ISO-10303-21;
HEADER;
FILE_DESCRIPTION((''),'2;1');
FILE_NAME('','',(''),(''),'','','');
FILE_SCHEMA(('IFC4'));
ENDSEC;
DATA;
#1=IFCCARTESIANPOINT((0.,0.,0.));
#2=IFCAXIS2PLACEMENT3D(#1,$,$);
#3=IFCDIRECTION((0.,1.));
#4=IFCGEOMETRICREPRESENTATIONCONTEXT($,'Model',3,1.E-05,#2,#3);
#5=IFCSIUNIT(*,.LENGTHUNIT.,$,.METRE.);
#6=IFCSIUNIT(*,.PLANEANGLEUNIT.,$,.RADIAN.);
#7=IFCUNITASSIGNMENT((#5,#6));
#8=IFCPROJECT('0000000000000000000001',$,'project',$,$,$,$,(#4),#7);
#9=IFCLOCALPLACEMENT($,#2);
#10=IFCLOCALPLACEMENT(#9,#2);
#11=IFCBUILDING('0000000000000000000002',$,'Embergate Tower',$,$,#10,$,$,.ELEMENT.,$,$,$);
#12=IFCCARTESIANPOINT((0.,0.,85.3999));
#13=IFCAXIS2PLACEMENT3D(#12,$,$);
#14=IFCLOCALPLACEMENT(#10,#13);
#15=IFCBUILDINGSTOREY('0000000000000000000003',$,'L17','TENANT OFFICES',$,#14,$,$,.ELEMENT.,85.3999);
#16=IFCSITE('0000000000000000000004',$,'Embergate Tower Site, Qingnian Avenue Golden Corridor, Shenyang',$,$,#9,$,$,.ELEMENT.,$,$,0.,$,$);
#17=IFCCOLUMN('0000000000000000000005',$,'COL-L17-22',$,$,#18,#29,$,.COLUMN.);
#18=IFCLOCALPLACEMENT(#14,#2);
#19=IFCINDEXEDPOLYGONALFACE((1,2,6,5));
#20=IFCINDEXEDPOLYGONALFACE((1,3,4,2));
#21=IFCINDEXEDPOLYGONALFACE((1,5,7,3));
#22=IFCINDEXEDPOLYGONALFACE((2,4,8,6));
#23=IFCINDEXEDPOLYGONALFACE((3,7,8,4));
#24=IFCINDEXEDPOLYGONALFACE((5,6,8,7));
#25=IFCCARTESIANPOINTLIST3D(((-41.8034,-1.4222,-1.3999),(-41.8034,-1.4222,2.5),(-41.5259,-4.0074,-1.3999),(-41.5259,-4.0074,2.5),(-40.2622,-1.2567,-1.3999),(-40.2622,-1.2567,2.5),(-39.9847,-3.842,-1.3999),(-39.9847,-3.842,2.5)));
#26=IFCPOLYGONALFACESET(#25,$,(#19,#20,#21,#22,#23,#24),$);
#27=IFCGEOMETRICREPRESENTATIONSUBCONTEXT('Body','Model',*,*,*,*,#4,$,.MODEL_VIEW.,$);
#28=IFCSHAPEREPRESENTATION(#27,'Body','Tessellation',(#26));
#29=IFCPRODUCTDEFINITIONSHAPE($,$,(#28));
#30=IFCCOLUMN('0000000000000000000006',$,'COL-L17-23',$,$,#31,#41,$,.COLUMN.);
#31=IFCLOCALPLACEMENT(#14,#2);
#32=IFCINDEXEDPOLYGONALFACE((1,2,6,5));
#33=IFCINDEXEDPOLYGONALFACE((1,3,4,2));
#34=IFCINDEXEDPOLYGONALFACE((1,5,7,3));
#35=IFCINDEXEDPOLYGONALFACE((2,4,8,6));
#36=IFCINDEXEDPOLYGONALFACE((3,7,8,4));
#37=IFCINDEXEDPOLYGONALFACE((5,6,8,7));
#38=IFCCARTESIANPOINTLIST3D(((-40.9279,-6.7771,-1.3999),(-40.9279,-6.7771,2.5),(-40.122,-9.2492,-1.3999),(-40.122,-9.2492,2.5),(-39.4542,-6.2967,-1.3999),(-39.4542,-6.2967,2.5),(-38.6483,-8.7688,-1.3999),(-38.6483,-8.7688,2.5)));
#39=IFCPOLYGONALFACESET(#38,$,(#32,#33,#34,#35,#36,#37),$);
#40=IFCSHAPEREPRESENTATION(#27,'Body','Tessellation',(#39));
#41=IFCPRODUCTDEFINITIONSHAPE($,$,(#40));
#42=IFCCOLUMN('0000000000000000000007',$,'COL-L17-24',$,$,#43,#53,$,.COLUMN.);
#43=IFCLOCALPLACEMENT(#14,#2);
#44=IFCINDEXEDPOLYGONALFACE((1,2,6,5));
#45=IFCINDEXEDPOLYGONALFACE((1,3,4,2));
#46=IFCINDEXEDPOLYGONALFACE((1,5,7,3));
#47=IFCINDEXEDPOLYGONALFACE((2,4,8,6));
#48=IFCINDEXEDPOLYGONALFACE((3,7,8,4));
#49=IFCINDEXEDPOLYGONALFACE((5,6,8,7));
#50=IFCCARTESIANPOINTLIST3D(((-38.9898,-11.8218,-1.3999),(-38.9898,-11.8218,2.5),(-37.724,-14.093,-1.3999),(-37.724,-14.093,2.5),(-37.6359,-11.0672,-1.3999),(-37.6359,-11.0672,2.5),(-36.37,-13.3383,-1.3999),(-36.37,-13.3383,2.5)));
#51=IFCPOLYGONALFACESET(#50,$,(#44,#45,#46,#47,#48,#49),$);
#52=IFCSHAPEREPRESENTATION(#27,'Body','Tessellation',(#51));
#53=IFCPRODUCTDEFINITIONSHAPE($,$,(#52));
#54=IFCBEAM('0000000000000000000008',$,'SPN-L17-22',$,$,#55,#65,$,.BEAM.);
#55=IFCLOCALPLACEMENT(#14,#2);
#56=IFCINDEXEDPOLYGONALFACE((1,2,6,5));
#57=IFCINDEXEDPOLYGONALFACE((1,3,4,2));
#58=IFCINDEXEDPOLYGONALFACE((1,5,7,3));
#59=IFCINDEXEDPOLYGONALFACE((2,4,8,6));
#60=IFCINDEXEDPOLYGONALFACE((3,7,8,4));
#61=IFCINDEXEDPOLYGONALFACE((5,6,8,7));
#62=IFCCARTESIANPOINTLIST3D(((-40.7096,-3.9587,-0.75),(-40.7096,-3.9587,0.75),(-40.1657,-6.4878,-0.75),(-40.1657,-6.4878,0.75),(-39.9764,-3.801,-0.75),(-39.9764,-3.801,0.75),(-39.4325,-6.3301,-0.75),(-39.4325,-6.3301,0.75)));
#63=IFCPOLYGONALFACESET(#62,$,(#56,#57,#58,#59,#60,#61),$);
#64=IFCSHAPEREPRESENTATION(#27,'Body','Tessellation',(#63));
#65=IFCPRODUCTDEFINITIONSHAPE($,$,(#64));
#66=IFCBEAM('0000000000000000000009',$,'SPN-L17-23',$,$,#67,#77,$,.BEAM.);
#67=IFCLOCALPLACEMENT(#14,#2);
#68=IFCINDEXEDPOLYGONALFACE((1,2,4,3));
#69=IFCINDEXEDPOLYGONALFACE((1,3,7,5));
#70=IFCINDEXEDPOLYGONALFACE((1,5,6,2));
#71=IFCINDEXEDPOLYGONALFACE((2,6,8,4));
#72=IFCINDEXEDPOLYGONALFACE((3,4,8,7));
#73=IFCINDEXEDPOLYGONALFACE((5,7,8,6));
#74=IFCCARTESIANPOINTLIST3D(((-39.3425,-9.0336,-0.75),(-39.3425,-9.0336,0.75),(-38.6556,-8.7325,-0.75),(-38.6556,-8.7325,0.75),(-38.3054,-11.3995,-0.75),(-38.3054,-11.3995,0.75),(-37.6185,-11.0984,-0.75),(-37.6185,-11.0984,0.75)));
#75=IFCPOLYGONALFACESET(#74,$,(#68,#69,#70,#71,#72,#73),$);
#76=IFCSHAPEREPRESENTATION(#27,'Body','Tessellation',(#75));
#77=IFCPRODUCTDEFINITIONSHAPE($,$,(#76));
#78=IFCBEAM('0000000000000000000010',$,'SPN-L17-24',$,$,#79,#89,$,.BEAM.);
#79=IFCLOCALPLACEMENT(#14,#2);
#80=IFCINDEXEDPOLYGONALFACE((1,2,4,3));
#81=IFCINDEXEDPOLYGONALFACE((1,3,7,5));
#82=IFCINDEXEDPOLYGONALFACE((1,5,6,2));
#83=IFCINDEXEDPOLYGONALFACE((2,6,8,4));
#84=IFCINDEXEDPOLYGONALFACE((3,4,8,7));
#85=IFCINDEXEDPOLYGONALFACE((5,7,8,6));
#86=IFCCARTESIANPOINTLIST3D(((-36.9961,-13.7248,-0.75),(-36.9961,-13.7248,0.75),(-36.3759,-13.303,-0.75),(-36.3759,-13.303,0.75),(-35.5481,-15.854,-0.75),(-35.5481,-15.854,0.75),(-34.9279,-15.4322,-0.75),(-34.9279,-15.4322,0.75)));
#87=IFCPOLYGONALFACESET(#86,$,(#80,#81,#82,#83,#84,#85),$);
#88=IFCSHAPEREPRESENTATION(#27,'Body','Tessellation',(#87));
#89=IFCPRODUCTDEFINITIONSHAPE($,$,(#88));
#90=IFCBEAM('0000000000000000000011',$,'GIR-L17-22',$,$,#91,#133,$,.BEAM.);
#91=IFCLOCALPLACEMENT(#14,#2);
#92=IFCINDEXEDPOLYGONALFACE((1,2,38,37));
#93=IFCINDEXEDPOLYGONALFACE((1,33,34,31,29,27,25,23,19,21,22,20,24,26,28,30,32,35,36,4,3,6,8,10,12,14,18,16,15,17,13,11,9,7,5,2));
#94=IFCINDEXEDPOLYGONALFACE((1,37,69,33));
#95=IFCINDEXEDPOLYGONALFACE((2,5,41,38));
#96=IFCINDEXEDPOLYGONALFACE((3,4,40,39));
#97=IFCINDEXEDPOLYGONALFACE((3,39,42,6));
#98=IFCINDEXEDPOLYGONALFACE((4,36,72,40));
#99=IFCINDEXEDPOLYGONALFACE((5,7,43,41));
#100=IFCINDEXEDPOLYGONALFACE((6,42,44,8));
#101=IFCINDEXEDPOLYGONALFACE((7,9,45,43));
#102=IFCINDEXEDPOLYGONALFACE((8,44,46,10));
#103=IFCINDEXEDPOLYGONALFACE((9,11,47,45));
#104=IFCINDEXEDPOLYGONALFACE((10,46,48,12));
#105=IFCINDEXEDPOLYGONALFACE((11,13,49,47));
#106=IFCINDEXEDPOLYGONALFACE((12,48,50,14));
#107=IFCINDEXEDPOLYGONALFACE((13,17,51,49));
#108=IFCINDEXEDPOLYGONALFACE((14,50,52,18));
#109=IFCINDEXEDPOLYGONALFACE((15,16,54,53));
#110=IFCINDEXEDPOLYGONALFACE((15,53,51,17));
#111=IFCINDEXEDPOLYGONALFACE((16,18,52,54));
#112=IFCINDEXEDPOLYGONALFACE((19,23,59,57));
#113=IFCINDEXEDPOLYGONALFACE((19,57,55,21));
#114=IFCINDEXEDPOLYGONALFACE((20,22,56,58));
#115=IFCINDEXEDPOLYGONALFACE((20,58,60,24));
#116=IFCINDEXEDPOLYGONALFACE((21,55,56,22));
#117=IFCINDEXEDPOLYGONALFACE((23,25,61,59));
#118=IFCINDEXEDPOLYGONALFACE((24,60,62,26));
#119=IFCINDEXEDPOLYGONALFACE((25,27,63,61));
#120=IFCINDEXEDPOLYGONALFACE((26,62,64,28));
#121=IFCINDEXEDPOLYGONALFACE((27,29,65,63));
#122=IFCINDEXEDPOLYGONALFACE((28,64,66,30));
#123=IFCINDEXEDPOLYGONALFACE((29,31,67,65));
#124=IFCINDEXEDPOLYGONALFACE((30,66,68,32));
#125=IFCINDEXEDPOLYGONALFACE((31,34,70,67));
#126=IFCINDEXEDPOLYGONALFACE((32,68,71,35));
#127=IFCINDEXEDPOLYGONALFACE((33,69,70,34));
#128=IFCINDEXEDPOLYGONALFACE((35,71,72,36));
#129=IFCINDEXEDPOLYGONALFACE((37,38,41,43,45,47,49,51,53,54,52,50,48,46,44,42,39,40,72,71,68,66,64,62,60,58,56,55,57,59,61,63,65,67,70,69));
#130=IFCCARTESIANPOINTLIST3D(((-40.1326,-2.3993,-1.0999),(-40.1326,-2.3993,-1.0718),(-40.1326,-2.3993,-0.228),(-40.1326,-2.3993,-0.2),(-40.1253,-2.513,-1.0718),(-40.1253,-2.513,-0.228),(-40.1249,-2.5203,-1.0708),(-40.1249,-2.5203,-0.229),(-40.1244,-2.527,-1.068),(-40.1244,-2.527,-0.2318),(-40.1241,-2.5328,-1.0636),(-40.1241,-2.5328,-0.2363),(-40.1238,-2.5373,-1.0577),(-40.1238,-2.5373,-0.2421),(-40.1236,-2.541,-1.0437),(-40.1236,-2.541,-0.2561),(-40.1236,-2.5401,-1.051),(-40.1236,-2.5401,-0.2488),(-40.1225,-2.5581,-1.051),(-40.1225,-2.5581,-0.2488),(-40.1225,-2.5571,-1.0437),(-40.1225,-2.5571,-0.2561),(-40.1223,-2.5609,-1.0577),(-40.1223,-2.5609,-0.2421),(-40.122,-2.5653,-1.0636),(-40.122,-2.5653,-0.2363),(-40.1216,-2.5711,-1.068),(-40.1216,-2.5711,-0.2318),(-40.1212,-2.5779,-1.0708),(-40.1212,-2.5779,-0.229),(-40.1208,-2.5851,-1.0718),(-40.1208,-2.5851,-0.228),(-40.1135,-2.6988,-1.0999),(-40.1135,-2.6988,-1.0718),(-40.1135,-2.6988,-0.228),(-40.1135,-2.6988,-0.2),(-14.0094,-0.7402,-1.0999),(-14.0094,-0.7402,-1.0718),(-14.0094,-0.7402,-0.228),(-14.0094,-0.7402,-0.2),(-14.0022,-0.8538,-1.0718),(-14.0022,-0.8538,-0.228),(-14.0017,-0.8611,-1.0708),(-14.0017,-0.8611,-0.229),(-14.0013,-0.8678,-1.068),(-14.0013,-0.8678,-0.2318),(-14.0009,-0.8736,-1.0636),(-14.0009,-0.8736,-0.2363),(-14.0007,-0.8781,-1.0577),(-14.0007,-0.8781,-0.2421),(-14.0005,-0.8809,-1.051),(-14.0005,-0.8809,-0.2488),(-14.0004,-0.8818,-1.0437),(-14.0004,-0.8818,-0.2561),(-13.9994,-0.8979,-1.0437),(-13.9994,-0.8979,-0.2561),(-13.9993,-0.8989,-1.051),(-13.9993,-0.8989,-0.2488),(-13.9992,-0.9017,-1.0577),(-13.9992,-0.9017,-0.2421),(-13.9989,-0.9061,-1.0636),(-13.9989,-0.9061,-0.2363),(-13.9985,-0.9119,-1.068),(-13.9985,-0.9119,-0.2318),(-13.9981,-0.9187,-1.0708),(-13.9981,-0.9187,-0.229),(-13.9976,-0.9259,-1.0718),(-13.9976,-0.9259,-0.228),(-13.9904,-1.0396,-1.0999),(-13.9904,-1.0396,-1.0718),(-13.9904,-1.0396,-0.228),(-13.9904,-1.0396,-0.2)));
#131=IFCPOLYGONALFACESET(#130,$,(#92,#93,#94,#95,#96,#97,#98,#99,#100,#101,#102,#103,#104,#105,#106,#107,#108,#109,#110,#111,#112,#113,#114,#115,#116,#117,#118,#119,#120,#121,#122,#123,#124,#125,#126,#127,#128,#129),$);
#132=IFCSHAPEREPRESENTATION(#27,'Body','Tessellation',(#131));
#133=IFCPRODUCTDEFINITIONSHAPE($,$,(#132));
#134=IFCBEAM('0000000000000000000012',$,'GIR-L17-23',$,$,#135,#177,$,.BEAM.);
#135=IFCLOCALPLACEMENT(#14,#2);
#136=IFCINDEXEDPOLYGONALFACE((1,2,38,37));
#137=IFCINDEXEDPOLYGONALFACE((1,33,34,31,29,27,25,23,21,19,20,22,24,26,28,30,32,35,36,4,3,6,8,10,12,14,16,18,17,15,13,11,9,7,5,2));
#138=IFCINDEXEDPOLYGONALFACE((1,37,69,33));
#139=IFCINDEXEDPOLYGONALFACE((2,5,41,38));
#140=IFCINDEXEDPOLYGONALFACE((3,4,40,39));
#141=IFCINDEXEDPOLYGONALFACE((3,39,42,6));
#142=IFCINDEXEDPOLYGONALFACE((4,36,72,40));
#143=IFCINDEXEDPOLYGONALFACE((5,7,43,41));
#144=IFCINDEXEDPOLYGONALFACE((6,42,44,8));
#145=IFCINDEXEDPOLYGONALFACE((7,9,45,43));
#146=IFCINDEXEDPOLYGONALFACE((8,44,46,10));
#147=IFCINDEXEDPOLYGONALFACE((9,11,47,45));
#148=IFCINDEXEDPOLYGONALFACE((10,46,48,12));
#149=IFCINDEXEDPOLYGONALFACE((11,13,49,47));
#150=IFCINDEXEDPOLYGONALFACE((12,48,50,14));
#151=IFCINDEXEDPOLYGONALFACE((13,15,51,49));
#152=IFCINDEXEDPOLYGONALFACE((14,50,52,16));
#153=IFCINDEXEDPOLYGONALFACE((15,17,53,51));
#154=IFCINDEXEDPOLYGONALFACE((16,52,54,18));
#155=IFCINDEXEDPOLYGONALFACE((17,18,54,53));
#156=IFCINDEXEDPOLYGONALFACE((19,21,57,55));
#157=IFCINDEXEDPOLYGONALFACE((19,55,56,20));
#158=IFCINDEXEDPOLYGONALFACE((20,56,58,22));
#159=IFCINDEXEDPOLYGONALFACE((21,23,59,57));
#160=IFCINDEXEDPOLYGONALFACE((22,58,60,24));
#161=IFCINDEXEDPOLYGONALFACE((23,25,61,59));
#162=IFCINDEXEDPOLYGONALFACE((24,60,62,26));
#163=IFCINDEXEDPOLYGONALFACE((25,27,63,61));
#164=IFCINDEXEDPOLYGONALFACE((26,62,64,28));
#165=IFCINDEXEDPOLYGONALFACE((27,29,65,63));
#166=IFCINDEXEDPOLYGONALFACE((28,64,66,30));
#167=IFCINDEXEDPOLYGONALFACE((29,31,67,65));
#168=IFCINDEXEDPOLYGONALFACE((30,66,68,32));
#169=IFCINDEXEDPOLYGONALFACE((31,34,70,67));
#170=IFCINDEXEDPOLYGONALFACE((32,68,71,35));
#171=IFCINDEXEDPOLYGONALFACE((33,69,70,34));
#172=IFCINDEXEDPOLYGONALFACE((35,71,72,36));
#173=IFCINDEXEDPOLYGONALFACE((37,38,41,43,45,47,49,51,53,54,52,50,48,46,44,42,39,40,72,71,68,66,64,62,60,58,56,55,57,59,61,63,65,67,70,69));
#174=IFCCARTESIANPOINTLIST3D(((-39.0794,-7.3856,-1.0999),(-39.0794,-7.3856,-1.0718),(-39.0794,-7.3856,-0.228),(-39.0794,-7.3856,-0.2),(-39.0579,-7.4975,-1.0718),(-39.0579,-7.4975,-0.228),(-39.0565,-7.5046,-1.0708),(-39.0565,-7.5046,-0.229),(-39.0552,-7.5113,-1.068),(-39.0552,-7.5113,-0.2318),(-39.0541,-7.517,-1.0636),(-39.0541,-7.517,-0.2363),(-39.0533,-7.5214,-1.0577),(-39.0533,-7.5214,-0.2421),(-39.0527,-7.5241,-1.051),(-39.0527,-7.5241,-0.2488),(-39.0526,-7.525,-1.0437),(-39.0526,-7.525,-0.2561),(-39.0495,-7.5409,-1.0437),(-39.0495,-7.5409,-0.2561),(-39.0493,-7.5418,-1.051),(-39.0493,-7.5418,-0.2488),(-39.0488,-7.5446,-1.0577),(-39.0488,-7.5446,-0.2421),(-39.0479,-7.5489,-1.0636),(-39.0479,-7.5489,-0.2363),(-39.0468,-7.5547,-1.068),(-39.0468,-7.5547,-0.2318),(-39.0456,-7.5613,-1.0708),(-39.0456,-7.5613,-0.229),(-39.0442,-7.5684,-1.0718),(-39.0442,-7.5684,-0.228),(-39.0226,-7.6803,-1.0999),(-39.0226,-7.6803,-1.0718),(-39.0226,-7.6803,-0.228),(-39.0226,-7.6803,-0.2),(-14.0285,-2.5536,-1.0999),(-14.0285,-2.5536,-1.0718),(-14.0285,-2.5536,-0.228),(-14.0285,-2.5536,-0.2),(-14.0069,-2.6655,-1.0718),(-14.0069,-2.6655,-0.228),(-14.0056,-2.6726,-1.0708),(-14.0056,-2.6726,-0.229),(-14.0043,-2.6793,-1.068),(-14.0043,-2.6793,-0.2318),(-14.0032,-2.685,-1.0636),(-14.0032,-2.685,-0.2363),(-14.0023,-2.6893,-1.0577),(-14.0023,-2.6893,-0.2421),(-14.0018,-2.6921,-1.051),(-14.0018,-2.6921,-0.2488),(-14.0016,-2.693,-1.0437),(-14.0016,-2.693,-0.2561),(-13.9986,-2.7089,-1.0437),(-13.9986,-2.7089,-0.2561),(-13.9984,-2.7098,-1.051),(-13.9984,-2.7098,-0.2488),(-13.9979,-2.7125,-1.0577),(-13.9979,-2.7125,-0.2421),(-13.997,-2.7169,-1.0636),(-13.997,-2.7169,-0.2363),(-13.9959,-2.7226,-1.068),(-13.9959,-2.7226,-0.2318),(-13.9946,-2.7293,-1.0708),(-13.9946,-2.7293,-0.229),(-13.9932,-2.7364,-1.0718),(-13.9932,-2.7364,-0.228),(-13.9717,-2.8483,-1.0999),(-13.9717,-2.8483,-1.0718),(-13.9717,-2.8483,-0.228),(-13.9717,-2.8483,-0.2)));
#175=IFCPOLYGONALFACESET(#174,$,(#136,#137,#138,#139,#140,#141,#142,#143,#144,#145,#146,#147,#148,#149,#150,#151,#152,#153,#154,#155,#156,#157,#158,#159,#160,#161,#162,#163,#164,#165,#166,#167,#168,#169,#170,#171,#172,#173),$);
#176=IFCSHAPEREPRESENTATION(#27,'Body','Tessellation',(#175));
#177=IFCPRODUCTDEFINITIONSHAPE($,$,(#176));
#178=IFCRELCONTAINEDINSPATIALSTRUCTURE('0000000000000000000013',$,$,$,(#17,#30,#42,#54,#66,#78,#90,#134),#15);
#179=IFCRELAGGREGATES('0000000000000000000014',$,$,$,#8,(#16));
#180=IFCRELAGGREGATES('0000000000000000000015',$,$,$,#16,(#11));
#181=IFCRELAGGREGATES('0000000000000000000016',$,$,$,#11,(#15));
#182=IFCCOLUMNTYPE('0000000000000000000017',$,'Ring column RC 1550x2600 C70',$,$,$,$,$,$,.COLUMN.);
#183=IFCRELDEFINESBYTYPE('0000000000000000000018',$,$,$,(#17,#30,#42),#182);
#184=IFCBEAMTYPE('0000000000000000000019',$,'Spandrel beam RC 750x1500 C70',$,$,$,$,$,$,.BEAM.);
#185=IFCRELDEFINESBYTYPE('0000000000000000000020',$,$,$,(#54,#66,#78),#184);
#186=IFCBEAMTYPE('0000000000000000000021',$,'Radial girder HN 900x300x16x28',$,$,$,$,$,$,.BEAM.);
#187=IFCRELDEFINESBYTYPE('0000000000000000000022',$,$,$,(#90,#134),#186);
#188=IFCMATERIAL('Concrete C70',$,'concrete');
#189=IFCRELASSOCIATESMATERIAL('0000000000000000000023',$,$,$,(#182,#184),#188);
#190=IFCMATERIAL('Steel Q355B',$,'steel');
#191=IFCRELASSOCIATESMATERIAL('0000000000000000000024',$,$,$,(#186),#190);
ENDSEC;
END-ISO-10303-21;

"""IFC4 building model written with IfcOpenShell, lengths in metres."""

from ifc_helpers import new_model, si_unit, direction, frame, origin, origin_2d, place, context, subcontext, project, spatial, rectangle, i_section, extrude, source, transform, mapped, material, material_profile, profile_set, type_object, element, save


model = new_model("IFC4")

# Units and contexts
model_context = context("Model", 3, precision=1e-05, world=origin(), true_north=direction((0.0, 1.0)))
body_context = subcontext(model_context, "Body", "Model", "MODEL_VIEW")
ifc_project = project(units=[si_unit("LENGTHUNIT", "METRE"), si_unit("PLANEANGLEUNIT", "RADIAN")], contexts=[model_context])

# Site, building, storey
site_placement = place(None, origin())
site = spatial("IfcSite", under=ifc_project, at=site_placement, Name="Embergate Tower Site, Qingnian Avenue Golden Corridor, Shenyang", CompositionType="ELEMENT", RefElevation=0.0)
building_placement = place(site_placement, origin())
building = spatial("IfcBuilding", under=site, at=building_placement, Name="Embergate Tower", CompositionType="ELEMENT")
storey_placement = place(building_placement, frame((0.0, 0.0, 85.3999)))
storey = spatial("IfcBuildingStorey", under=building, at=storey_placement, Name="L17", Description="TENANT OFFICES", CompositionType="ELEMENT", Elevation=85.3999)

# Columns
ifc_material_1 = material(Name="Concrete C70", Category="concrete")
ifc_material_profile_1 = material_profile(ifc_material_1, rectangle(XDim=1.55, YDim=2.6001, at=origin_2d()), Name="RC 1550x2600")
ifc_profile_set_1 = profile_set([ifc_material_profile_1], Name="Concrete C70")
column_type = type_object("IfcColumnType", Name="Ring column RC 1550x2600 C70", PredefinedType="COLUMN", material=ifc_profile_set_1)
shared_shape_1 = source(origin(), body_context, "Body", "SweptSolid", [
    extrude(rectangle(XDim=1.55, YDim=2.6001, at=origin_2d()), origin(), (0.0, 0.0, 1.0), 3.8999),
])
for number, where, z_axis, x_axis, name in (
    (1, (-40.894, -2.6321, -1.3999), (0.0, 0.0, 1.0), (-0.994286, -0.10675, 0.0), "COL-L17-22"),
    (2, (-39.7881, -7.7729, -1.3999), (0.0, 0.0, 1.0), (-0.950754, -0.309946, 0.0), "COL-L17-23"),
    (3, (-37.6799, -12.5801, -1.3999), (0.0, 0.0, 1.0), (-0.873492, -0.486839, 0.0), "COL-L17-24"),
):
    element("IfcColumn", number, at=place(storey_placement, frame(where, z_axis=z_axis, x_axis=x_axis)), inside=storey, type_object=column_type, Name=name, PredefinedType="COLUMN", context=body_context, shape_type="MappedRepresentation", body=[
        mapped(shared_shape_1, transform((0.0, 0.0, 0.0))),
    ])

# Beams
ifc_material_profile_2 = material_profile(ifc_material_1, rectangle(XDim=0.75, YDim=1.5, at=origin_2d()), Name="RC 750x1500")
ifc_profile_set_2 = profile_set([ifc_material_profile_2], Name="Concrete C70")
beam_type_1 = type_object("IfcBeamType", Name="Spandrel beam RC 750x1500 C70", PredefinedType="BEAM", material=ifc_profile_set_2)
shared_shape_2 = source(origin(), body_context, "Body", "SweptSolid", [
    extrude(rectangle(XDim=0.75, YDim=1.5, at=origin_2d()), origin(), (0.0, 0.0, 1.0), 2.5869),
])
beam_1_placement = place(storey_placement, frame((-40.343, -3.8799, 0.0), z_axis=(0.21027, -0.977643, 0.0), x_axis=(0.977643, 0.21027, 0.0)))
element("IfcBeam", 4, at=beam_1_placement, inside=storey, type_object=beam_type_1, Name="SPN-L17-22", PredefinedType="BEAM", context=body_context, shape_type="MappedRepresentation", body=[
    mapped(shared_shape_2, transform((0.0, 0.0, 0.0))),
])
shared_shape_3 = source(origin(), body_context, "Body", "SweptSolid", [
    extrude(rectangle(XDim=0.75, YDim=1.5, at=origin_2d()), origin(), (0.0, 0.0, 1.0), 2.5833),
])
beam_2_placement = place(storey_placement, frame((-38.999, -8.8831, 0.0), z_axis=(0.401468, -0.915873, 0.0), x_axis=(0.915873, 0.401468, 0.0)))
element("IfcBeam", 5, at=beam_2_placement, inside=storey, type_object=beam_type_1, Name="SPN-L17-23", PredefinedType="BEAM", context=body_context, shape_type="MappedRepresentation", body=[
    mapped(shared_shape_3, transform((0.0, 0.0, 0.0))),
])
shared_shape_4 = source(origin(), body_context, "Body", "SweptSolid", [
    extrude(rectangle(XDim=0.75, YDim=1.5, at=origin_2d()), origin(), (0.0, 0.0, 1.0), 2.575),
])
beam_3_placement = place(storey_placement, frame((-36.686, -13.5139, 0.0), z_axis=(0.562357, -0.826895, 0.0), x_axis=(0.826895, 0.562357, 0.0)))
element("IfcBeam", 6, at=beam_3_placement, inside=storey, type_object=beam_type_1, Name="SPN-L17-24", PredefinedType="BEAM", context=body_context, shape_type="MappedRepresentation", body=[
    mapped(shared_shape_4, transform((0.0, 0.0, 0.0))),
])
ifc_material_2 = material(Name="Steel Q355B", Category="steel")
ifc_material_profile_3 = material_profile(ifc_material_2, i_section(OverallWidth=0.3, OverallDepth=0.8999, WebThickness=0.0161, FlangeThickness=0.0281, FilletRadius=0.0281, at=origin_2d()), Name="HN 900x300x16x28")
ifc_profile_set_3 = profile_set([ifc_material_profile_3], Name="Steel Q355 grade B")
beam_type_2 = type_object("IfcBeamType", Name="Radial girder HN 900x300x16x28", PredefinedType="BEAM", material=ifc_profile_set_3)
shared_shape_5 = source(origin(), body_context, "Body", "SweptSolid", [
    extrude(i_section(OverallWidth=0.3, OverallDepth=0.8999, WebThickness=0.0161, FlangeThickness=0.0281, FilletRadius=0.0281, at=origin_2d()), origin(), (0.0, 0.0, 1.0), 26.1758),
])
beam_4_placement = place(storey_placement, frame((-40.123, -2.5491, -0.6499), z_axis=(0.997989, 0.063386, 0.0), x_axis=(-0.063386, 0.997989, 0.0)))
element("IfcBeam", 7, at=beam_4_placement, inside=storey, type_object=beam_type_2, Name="GIR-L17-22", PredefinedType="BEAM", context=body_context, shape_type="MappedRepresentation", body=[
    mapped(shared_shape_5, transform((0.0, 0.0, 0.0))),
])
shared_shape_6 = source(origin(), body_context, "Body", "SweptSolid", [
    extrude(i_section(OverallWidth=0.3, OverallDepth=0.8999, WebThickness=0.0161, FlangeThickness=0.0281, FilletRadius=0.0281, at=origin_2d()), origin(), (0.0, 0.0, 1.0), 25.5127),
])
beam_5_placement = place(storey_placement, frame((-39.051, -7.533, -0.6499), z_axis=(0.981901, 0.189396, 0.0), x_axis=(-0.189396, 0.981901, 0.0)))
element("IfcBeam", 8, at=beam_5_placement, inside=storey, type_object=beam_type_2, Name="GIR-L17-23", PredefinedType="BEAM", context=body_context, shape_type="MappedRepresentation", body=[
    mapped(shared_shape_6, transform((0.0, 0.0, 0.0))),
])

save(model, "model.ifc")
